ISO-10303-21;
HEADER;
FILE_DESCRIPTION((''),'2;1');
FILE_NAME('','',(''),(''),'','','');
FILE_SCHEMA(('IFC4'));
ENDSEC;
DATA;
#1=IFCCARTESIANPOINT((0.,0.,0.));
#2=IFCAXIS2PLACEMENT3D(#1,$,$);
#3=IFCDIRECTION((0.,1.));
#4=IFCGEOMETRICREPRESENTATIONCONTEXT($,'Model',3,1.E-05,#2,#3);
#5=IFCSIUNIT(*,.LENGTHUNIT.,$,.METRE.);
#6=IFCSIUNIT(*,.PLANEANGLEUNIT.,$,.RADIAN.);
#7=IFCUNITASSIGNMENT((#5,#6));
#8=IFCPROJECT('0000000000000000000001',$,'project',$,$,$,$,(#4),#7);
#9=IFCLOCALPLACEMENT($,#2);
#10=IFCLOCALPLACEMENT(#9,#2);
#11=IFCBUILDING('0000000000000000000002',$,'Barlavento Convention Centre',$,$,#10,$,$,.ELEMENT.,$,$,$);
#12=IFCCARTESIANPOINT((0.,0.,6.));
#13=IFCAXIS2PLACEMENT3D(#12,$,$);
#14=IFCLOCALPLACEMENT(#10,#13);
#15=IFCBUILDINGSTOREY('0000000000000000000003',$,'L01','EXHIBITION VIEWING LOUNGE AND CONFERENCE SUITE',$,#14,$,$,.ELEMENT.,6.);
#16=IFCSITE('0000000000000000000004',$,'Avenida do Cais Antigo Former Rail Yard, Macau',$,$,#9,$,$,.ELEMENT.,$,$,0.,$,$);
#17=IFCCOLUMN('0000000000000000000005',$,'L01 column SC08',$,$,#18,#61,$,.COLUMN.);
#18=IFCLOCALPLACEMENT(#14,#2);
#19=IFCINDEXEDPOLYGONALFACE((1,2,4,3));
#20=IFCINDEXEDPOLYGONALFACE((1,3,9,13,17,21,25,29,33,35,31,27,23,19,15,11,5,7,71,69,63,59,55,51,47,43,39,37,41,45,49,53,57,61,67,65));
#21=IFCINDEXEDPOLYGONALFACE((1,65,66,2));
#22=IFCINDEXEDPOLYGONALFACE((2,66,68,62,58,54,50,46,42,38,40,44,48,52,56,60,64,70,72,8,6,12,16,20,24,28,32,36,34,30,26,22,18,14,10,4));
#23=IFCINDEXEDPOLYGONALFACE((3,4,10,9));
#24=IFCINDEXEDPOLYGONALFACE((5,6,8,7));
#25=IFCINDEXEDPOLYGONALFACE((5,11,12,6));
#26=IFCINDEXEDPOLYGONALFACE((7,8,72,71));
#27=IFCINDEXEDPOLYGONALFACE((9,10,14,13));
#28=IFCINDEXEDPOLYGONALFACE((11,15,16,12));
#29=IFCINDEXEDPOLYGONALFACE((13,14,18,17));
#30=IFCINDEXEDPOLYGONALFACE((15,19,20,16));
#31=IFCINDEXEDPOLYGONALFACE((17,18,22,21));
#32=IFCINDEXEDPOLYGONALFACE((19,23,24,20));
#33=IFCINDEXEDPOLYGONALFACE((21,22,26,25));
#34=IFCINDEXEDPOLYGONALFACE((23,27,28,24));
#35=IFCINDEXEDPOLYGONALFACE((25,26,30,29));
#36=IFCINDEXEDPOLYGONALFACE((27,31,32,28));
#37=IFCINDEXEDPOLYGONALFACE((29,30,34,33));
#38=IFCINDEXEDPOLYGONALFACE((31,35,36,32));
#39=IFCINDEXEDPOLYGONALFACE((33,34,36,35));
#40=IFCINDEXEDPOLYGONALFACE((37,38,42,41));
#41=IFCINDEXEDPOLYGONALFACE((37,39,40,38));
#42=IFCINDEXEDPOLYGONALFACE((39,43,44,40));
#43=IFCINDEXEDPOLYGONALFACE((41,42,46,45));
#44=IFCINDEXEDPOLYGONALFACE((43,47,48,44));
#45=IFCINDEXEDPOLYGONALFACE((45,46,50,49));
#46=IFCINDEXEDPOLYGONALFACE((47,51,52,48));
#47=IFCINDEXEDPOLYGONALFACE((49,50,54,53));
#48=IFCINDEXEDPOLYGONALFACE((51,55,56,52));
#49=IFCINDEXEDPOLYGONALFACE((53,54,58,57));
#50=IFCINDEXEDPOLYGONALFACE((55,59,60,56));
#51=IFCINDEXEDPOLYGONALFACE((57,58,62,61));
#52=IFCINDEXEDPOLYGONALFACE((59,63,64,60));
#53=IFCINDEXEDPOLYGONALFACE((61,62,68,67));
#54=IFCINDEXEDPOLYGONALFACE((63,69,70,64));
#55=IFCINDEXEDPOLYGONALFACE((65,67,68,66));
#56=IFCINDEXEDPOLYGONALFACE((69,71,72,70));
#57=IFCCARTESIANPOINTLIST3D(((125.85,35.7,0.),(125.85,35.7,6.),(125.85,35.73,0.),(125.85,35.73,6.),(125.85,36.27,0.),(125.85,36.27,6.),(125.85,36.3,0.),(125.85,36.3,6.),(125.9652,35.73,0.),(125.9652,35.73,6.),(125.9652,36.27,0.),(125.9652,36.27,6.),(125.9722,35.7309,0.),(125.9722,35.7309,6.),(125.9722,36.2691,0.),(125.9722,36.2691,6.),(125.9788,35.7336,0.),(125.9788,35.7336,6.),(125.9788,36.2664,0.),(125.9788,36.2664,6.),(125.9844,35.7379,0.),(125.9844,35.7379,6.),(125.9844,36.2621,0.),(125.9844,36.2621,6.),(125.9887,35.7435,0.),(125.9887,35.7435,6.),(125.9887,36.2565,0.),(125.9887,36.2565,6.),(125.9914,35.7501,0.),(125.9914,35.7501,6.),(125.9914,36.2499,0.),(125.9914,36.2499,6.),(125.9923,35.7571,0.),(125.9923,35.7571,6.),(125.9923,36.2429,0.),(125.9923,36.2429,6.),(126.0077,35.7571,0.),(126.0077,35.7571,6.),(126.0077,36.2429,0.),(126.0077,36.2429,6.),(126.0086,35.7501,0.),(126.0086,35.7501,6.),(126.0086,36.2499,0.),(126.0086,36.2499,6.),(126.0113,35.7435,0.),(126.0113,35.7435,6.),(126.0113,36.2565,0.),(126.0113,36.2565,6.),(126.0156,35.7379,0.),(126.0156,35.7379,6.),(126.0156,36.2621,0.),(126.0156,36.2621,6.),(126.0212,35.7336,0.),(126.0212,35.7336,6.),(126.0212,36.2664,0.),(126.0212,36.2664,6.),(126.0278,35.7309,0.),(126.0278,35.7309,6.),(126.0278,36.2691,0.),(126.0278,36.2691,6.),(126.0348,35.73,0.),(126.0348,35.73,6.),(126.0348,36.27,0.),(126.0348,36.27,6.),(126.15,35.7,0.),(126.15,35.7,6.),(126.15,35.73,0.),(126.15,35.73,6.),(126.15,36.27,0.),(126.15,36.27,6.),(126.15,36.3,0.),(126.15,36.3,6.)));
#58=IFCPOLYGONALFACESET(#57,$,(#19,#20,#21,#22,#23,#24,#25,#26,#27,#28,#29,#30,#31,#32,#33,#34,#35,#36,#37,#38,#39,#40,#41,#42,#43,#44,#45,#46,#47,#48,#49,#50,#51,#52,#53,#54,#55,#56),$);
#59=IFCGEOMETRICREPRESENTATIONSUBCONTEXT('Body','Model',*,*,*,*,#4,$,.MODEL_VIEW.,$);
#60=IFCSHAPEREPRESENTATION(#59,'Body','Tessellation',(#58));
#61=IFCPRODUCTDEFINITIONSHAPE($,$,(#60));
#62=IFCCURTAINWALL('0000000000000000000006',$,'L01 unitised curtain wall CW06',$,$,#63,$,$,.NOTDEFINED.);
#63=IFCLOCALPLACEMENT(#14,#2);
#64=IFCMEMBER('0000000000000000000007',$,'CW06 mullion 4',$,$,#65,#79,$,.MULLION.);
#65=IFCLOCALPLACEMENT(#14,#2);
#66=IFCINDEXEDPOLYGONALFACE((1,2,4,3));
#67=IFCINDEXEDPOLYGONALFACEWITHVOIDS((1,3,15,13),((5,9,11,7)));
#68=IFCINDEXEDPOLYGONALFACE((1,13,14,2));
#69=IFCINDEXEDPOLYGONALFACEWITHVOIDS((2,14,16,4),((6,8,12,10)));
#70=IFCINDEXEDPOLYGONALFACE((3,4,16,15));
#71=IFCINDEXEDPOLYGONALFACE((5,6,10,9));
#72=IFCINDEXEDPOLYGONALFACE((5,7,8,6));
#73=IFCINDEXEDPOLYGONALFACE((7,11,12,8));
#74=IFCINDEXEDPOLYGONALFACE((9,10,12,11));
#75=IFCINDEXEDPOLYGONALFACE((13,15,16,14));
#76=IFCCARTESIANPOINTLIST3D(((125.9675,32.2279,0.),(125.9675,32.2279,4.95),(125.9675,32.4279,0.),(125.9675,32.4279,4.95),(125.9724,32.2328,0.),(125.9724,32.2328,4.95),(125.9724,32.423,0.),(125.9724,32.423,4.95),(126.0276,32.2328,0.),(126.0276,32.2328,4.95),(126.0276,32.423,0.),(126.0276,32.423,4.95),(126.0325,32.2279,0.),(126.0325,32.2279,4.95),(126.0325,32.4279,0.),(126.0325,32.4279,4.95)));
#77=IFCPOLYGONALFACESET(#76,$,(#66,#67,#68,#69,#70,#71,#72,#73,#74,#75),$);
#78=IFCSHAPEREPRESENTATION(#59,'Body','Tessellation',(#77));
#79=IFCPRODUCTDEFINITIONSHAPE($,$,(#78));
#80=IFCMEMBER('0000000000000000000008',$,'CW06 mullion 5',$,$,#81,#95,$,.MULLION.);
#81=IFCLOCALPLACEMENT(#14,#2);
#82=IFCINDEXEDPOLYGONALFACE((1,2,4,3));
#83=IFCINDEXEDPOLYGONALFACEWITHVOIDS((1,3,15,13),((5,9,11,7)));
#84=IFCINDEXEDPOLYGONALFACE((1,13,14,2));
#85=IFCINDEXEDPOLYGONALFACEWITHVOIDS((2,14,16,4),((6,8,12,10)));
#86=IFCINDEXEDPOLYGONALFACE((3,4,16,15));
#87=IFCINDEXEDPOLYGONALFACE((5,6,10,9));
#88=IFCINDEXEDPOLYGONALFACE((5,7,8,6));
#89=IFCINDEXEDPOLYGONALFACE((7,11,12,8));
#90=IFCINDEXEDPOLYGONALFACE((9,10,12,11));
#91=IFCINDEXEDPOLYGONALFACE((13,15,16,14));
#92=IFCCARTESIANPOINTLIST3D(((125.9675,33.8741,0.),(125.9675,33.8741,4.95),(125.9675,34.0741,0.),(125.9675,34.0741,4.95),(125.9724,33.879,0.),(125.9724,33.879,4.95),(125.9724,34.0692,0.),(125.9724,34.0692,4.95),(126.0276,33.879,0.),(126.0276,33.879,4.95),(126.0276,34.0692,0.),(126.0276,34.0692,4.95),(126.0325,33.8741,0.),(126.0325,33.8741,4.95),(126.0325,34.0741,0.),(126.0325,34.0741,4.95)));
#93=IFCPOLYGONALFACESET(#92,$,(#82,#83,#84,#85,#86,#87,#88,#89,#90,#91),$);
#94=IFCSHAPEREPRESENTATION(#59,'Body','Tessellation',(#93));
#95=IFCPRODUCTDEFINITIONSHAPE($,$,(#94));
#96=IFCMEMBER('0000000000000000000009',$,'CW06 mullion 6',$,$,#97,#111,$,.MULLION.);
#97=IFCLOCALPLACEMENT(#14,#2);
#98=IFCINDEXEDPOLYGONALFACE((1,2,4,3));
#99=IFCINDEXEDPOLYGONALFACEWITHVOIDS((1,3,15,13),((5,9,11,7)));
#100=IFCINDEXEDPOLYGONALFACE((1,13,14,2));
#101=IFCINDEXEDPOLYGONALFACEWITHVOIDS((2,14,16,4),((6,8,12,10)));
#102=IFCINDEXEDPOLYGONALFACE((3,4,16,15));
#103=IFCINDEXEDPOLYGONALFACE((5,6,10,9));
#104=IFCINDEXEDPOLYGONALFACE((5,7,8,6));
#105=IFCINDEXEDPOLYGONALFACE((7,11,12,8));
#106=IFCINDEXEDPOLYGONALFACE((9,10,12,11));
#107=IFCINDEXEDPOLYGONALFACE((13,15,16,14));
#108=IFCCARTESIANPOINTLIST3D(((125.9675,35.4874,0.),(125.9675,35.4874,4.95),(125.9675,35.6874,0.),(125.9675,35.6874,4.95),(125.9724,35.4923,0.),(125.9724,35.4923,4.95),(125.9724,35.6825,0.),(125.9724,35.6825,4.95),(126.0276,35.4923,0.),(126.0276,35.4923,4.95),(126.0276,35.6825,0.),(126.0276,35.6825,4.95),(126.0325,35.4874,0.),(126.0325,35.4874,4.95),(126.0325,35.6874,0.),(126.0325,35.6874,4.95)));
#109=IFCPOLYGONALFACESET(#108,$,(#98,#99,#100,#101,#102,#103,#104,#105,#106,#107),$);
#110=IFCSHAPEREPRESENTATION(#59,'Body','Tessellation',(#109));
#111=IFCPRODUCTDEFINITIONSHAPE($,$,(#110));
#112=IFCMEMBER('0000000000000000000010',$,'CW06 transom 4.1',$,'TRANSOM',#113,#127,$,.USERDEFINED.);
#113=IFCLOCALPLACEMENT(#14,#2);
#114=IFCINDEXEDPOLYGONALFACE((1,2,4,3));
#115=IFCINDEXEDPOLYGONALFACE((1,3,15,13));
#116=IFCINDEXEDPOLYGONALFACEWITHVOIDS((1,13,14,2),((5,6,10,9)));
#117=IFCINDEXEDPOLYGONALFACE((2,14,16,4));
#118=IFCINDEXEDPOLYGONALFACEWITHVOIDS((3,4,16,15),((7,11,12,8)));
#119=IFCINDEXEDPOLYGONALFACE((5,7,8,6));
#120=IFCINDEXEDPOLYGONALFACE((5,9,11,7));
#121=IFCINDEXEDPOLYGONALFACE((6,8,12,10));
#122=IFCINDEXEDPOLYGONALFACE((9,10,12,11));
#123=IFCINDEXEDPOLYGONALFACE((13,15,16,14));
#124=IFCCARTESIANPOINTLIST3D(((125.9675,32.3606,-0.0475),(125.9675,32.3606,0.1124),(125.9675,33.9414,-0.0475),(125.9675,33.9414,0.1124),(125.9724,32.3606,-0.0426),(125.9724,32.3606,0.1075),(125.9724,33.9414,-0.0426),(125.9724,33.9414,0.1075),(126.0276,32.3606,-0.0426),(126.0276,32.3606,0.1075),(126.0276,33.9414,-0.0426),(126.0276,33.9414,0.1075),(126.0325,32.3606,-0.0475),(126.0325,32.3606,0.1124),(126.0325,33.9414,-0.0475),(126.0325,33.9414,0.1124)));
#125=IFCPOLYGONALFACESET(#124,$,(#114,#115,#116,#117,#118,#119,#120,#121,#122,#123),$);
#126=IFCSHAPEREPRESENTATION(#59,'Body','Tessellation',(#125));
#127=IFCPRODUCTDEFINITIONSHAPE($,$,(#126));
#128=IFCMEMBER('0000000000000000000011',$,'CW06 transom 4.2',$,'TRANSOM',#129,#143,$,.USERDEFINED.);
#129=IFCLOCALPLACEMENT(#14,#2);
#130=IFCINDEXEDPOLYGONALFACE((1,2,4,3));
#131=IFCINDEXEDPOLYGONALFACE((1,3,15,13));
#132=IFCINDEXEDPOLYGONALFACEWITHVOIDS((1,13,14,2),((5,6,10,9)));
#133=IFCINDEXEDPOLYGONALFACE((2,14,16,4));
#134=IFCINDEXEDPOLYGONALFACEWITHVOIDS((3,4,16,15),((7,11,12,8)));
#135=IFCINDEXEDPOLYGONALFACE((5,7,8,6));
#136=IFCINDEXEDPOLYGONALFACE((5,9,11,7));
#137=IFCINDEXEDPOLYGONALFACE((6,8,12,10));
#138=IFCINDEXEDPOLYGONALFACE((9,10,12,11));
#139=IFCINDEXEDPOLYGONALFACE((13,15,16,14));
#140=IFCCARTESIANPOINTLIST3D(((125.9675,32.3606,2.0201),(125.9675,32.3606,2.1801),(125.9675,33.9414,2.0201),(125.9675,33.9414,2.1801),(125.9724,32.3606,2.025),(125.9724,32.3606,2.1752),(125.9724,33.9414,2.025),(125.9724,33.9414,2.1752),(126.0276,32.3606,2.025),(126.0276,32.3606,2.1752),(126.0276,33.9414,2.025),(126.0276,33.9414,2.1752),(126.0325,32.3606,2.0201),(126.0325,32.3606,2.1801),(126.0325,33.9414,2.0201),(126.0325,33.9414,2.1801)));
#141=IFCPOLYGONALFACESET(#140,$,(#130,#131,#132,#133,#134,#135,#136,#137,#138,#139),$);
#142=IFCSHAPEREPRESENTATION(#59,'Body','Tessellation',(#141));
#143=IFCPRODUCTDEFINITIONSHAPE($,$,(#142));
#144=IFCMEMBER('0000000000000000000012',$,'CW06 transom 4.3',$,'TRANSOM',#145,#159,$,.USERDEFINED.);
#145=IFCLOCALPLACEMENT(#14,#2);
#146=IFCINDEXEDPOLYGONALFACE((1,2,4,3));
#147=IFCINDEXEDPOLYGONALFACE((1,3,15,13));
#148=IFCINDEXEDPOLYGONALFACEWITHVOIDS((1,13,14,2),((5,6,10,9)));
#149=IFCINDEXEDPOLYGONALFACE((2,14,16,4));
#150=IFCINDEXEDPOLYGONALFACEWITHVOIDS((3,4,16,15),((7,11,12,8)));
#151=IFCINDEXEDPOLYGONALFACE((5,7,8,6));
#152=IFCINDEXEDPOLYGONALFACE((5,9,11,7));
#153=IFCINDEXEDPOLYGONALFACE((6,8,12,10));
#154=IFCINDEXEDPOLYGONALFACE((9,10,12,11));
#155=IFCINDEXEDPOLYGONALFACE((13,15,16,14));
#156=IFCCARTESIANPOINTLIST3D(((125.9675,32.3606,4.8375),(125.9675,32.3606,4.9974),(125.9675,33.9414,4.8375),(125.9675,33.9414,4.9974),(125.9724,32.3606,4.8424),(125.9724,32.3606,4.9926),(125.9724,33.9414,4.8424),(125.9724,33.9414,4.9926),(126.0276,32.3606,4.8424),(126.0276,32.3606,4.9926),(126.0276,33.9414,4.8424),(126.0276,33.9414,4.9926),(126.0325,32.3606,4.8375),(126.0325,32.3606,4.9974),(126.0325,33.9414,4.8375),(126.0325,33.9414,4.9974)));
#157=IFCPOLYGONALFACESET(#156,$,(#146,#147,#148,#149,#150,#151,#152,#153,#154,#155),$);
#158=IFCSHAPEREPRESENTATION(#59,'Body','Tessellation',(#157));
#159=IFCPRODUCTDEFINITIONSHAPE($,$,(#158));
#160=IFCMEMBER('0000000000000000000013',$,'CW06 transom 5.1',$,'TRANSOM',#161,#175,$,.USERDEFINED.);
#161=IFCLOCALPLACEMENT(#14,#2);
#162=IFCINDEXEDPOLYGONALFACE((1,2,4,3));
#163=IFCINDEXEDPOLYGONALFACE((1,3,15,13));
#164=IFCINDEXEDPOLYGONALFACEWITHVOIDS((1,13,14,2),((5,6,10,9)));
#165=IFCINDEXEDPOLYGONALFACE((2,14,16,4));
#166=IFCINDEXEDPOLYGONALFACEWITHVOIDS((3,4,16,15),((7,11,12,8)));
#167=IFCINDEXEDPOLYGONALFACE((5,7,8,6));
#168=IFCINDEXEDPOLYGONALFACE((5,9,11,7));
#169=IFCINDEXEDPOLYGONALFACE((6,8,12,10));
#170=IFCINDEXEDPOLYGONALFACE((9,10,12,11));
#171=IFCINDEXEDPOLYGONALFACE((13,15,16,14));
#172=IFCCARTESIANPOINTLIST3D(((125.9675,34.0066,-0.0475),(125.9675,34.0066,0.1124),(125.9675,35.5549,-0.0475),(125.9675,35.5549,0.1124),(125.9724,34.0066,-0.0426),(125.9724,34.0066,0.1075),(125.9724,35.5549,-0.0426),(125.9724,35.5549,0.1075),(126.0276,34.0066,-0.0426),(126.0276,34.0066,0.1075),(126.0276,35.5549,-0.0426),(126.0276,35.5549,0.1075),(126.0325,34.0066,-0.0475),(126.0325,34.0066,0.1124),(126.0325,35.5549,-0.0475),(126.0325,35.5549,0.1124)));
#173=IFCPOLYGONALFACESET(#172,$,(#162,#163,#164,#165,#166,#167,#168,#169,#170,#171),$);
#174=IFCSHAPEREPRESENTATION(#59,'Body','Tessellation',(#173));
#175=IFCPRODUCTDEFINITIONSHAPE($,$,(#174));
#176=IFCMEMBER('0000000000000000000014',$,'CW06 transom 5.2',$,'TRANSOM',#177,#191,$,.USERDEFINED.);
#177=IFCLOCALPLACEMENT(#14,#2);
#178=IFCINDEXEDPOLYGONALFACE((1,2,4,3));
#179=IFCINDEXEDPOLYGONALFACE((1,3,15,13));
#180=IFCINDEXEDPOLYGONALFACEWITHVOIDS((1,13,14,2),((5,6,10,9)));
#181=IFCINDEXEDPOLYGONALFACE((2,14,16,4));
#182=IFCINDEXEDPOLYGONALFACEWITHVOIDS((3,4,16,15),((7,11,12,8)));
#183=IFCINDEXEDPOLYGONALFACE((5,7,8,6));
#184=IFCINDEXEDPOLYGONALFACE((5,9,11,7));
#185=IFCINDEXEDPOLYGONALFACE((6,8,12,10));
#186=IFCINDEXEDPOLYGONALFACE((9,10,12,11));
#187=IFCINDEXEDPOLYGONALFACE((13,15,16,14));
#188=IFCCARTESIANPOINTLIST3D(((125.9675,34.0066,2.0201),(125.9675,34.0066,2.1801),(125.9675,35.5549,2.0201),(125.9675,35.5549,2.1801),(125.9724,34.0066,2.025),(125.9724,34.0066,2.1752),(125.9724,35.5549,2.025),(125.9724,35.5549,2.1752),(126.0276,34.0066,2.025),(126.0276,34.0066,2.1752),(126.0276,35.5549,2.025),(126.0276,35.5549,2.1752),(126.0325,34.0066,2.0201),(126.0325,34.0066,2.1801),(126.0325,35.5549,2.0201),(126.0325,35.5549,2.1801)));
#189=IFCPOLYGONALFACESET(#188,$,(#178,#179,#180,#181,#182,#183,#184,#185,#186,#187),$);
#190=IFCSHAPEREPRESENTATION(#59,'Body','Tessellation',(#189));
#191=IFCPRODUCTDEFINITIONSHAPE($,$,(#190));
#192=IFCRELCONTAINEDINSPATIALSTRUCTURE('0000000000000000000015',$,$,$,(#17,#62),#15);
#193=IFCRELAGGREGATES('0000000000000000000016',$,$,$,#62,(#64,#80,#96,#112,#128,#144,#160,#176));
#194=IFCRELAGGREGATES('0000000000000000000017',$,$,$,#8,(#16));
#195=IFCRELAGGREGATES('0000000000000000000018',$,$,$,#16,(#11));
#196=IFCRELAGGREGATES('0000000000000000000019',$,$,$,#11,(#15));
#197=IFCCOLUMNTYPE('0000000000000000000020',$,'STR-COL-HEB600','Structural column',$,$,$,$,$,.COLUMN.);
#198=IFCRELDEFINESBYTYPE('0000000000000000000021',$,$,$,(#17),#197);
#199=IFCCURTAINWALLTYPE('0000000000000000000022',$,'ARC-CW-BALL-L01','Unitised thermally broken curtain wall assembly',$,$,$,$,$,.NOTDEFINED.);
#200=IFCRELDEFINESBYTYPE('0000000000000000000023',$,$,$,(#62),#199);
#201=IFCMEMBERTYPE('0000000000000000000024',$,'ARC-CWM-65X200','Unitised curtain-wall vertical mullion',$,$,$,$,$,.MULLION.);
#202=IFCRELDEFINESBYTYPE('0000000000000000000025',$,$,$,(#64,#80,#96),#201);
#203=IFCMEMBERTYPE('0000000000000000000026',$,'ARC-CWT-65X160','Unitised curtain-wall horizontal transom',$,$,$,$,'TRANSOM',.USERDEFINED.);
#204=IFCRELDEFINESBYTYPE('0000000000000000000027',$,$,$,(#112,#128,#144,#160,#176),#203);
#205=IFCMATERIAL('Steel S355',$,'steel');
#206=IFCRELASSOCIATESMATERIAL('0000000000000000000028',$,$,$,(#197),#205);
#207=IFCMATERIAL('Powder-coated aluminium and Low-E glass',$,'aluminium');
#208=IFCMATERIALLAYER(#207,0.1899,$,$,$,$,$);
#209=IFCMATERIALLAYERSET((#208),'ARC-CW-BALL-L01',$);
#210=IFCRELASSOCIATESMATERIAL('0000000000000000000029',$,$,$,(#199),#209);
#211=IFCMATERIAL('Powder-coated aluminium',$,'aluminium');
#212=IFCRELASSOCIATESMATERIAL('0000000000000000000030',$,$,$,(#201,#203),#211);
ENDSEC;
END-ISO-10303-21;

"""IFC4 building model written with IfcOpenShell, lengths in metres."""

from ifc_helpers import new_model, si_unit, direction, frame, origin, origin_2d, place, context, subcontext, project, spatial, hollow_rectangle, i_section, extrude, material, layer, layer_set, material_profile, profile_set, type_object, element, aggregate, save


model = new_model("IFC4")

# Units and contexts
model_context = context("Model", 3, precision=1e-05, world=origin(), true_north=direction((0.0, 1.0)))
body_context = subcontext(model_context, "Body", "Model", "MODEL_VIEW")
ifc_project = project(units=[si_unit("LENGTHUNIT", "METRE"), si_unit("PLANEANGLEUNIT", "RADIAN")], contexts=[model_context])

# Site, building, storey
site_placement = place(None, origin())
site = spatial("IfcSite", under=ifc_project, at=site_placement, Name="Avenida do Cais Antigo Former Rail Yard, Macau", CompositionType="ELEMENT", RefElevation=0.0)
building_placement = place(site_placement, origin())
building = spatial("IfcBuilding", under=site, at=building_placement, Name="Barlavento Convention Centre", CompositionType="ELEMENT")
storey_placement = place(building_placement, frame((0.0, 0.0, 6.0)))
storey = spatial("IfcBuildingStorey", under=building, at=storey_placement, Name="L01", Description="EXHIBITION VIEWING LOUNGE AND CONFERENCE SUITE", CompositionType="ELEMENT", Elevation=6.0)

# Column
ifc_material_1 = material(Name="Steel S355", Category="steel")
ifc_material_profile_1 = material_profile(ifc_material_1, i_section(OverallWidth=0.3, OverallDepth=0.6001, WebThickness=0.0154, FlangeThickness=0.03, FilletRadius=0.0271, at=origin_2d()), Name="HEB 600")
ifc_profile_set_1 = profile_set([ifc_material_profile_1], Name="Steel S355")
column_type = type_object("IfcColumnType", Name="STR-COL-HEB600", Description="Structural column", PredefinedType="COLUMN", material=ifc_profile_set_1)
column_placement = place(storey_placement, frame((126.0, 36.0, 0.0), z_axis=(0.0, 0.0, 1.0), x_axis=(1.0, 0.0, 0.0)))
element("IfcColumn", 1, at=column_placement, inside=storey, type_object=column_type, Name="L01 column SC08", PredefinedType="COLUMN", context=body_context, shape_type="SweptSolid", body=[
    extrude(i_section(OverallWidth=0.3, OverallDepth=0.6001, WebThickness=0.0154, FlangeThickness=0.03, FilletRadius=0.0271, at=origin_2d()), origin(), (0.0, 0.0, 1.0), 6.0),
])

# Curtain wall, members
ifc_material_2 = material(Name="Powder-coated aluminium and Low-E glass", Category="aluminium")
ifc_layer_1 = layer(ifc_material_2, 0.1899)
ifc_layer_set_1 = layer_set([ifc_layer_1], Name="ARC-CW-BALL-L01")
curtain_wall_type = type_object("IfcCurtainWallType", Name="ARC-CW-BALL-L01", Description="Unitised thermally broken curtain wall assembly", PredefinedType="NOTDEFINED", material=ifc_layer_set_1)
curtain_wall_placement = place(storey_placement, origin())
curtain_wall = element("IfcCurtainWall", 2, at=curtain_wall_placement, inside=storey, type_object=curtain_wall_type, Name="L01 unitised curtain wall CW06", PredefinedType="NOTDEFINED")
ifc_material_3 = material(Name="Powder-coated aluminium", Category="aluminium")
ifc_material_profile_2 = material_profile(ifc_material_3, hollow_rectangle(XDim=0.0649, YDim=0.2, WallThickness=0.0049, at=origin_2d()), Name="AL-MULL 65x200x5")
ifc_profile_set_2 = profile_set([ifc_material_profile_2], Name="Powder-coated aluminium")
member_type_1 = type_object("IfcMemberType", Name="ARC-CWM-65X200", Description="Unitised curtain-wall vertical mullion", PredefinedType="MULLION", material=ifc_profile_set_2)
member_1_placement = place(storey_placement, frame((126.0, 32.3279, 0.0), z_axis=(0.0, 0.0, 1.0), x_axis=(-1.0, 0.0, 0.0)))
member_1 = element("IfcMember", 3, at=member_1_placement, type_object=member_type_1, Name="CW06 mullion 4", PredefinedType="MULLION", context=body_context, shape_type="SweptSolid", body=[
    extrude(hollow_rectangle(XDim=0.0649, YDim=0.2, WallThickness=0.0049, at=origin_2d()), origin(), (0.0, 0.0, 1.0), 4.95),
])
member_2_placement = place(storey_placement, frame((126.0, 33.9741, 0.0), z_axis=(0.0, 0.0, 1.0), x_axis=(-1.0, 0.0, 0.0)))
member_2 = element("IfcMember", 4, at=member_2_placement, type_object=member_type_1, Name="CW06 mullion 5", PredefinedType="MULLION", context=body_context, shape_type="SweptSolid", body=[
    extrude(hollow_rectangle(XDim=0.0649, YDim=0.2, WallThickness=0.0049, at=origin_2d()), origin(), (0.0, 0.0, 1.0), 4.95),
])
member_3_placement = place(storey_placement, frame((126.0, 35.5874, 0.0), z_axis=(0.0, 0.0, 1.0), x_axis=(-1.0, 0.0, 0.0)))
member_3 = element("IfcMember", 5, at=member_3_placement, type_object=member_type_1, Name="CW06 mullion 6", PredefinedType="MULLION", context=body_context, shape_type="SweptSolid", body=[
    extrude(hollow_rectangle(XDim=0.0649, YDim=0.2, WallThickness=0.0049, at=origin_2d()), origin(), (0.0, 0.0, 1.0), 4.95),
])
ifc_material_profile_3 = material_profile(ifc_material_3, hollow_rectangle(XDim=0.0649, YDim=0.1599, WallThickness=0.0049, at=origin_2d()), Name="AL-TRAN 65x160x5")
ifc_profile_set_3 = profile_set([ifc_material_profile_3], Name="Powder-coated aluminium")
member_type_2 = type_object("IfcMemberType", Name="ARC-CWT-65X160", Description="Unitised curtain-wall horizontal transom", ElementType="TRANSOM", PredefinedType="USERDEFINED", material=ifc_profile_set_3)
member_4_placement = place(storey_placement, frame((126.0, 32.3606, 0.0325), z_axis=(0.0, 1.0, 0.0), x_axis=(-1.0, 0.0, 0.0)))
member_4 = element("IfcMember", 6, at=member_4_placement, type_object=member_type_2, Name="CW06 transom 4.1", ObjectType="TRANSOM", PredefinedType="USERDEFINED", context=body_context, shape_type="SweptSolid", body=[
    extrude(hollow_rectangle(XDim=0.0649, YDim=0.1599, WallThickness=0.0049, at=origin_2d()), origin(), (0.0, 0.0, 1.0), 1.5808),
])
member_5_placement = place(storey_placement, frame((126.0, 32.3606, 2.1001), z_axis=(0.0, 1.0, 0.0), x_axis=(-1.0, 0.0, 0.0)))
member_5 = element("IfcMember", 7, at=member_5_placement, type_object=member_type_2, Name="CW06 transom 4.2", ObjectType="TRANSOM", PredefinedType="USERDEFINED", context=body_context, shape_type="SweptSolid", body=[
    extrude(hollow_rectangle(XDim=0.0649, YDim=0.1599, WallThickness=0.0049, at=origin_2d()), origin(), (0.0, 0.0, 1.0), 1.5808),
])
member_6_placement = place(storey_placement, frame((126.0, 32.3606, 4.9175), z_axis=(0.0, 1.0, 0.0), x_axis=(-1.0, 0.0, 0.0)))
member_6 = element("IfcMember", 8, at=member_6_placement, type_object=member_type_2, Name="CW06 transom 4.3", ObjectType="TRANSOM", PredefinedType="USERDEFINED", context=body_context, shape_type="SweptSolid", body=[
    extrude(hollow_rectangle(XDim=0.0649, YDim=0.1599, WallThickness=0.0049, at=origin_2d()), origin(), (0.0, 0.0, 1.0), 1.5808),
])
member_7_placement = place(storey_placement, frame((126.0, 34.0066, 0.0325), z_axis=(0.0, 1.0, 0.0), x_axis=(-1.0, 0.0, 0.0)))
member_7 = element("IfcMember", 9, at=member_7_placement, type_object=member_type_2, Name="CW06 transom 5.1", ObjectType="TRANSOM", PredefinedType="USERDEFINED", context=body_context, shape_type="SweptSolid", body=[
    extrude(hollow_rectangle(XDim=0.0649, YDim=0.1599, WallThickness=0.0049, at=origin_2d()), origin(), (0.0, 0.0, 1.0), 1.5483),
])
member_8_placement = place(storey_placement, frame((126.0, 34.0066, 2.1001), z_axis=(0.0, 1.0, 0.0), x_axis=(-1.0, 0.0, 0.0)))
member_8 = element("IfcMember", 10, at=member_8_placement, type_object=member_type_2, Name="CW06 transom 5.2", ObjectType="TRANSOM", PredefinedType="USERDEFINED", context=body_context, shape_type="SweptSolid", body=[
    extrude(hollow_rectangle(XDim=0.0649, YDim=0.1599, WallThickness=0.0049, at=origin_2d()), origin(), (0.0, 0.0, 1.0), 1.5483),
])
aggregate(curtain_wall, [member_1, member_2, member_3, member_4, member_5, member_6, member_7, member_8])

save(model, "model.ifc")
